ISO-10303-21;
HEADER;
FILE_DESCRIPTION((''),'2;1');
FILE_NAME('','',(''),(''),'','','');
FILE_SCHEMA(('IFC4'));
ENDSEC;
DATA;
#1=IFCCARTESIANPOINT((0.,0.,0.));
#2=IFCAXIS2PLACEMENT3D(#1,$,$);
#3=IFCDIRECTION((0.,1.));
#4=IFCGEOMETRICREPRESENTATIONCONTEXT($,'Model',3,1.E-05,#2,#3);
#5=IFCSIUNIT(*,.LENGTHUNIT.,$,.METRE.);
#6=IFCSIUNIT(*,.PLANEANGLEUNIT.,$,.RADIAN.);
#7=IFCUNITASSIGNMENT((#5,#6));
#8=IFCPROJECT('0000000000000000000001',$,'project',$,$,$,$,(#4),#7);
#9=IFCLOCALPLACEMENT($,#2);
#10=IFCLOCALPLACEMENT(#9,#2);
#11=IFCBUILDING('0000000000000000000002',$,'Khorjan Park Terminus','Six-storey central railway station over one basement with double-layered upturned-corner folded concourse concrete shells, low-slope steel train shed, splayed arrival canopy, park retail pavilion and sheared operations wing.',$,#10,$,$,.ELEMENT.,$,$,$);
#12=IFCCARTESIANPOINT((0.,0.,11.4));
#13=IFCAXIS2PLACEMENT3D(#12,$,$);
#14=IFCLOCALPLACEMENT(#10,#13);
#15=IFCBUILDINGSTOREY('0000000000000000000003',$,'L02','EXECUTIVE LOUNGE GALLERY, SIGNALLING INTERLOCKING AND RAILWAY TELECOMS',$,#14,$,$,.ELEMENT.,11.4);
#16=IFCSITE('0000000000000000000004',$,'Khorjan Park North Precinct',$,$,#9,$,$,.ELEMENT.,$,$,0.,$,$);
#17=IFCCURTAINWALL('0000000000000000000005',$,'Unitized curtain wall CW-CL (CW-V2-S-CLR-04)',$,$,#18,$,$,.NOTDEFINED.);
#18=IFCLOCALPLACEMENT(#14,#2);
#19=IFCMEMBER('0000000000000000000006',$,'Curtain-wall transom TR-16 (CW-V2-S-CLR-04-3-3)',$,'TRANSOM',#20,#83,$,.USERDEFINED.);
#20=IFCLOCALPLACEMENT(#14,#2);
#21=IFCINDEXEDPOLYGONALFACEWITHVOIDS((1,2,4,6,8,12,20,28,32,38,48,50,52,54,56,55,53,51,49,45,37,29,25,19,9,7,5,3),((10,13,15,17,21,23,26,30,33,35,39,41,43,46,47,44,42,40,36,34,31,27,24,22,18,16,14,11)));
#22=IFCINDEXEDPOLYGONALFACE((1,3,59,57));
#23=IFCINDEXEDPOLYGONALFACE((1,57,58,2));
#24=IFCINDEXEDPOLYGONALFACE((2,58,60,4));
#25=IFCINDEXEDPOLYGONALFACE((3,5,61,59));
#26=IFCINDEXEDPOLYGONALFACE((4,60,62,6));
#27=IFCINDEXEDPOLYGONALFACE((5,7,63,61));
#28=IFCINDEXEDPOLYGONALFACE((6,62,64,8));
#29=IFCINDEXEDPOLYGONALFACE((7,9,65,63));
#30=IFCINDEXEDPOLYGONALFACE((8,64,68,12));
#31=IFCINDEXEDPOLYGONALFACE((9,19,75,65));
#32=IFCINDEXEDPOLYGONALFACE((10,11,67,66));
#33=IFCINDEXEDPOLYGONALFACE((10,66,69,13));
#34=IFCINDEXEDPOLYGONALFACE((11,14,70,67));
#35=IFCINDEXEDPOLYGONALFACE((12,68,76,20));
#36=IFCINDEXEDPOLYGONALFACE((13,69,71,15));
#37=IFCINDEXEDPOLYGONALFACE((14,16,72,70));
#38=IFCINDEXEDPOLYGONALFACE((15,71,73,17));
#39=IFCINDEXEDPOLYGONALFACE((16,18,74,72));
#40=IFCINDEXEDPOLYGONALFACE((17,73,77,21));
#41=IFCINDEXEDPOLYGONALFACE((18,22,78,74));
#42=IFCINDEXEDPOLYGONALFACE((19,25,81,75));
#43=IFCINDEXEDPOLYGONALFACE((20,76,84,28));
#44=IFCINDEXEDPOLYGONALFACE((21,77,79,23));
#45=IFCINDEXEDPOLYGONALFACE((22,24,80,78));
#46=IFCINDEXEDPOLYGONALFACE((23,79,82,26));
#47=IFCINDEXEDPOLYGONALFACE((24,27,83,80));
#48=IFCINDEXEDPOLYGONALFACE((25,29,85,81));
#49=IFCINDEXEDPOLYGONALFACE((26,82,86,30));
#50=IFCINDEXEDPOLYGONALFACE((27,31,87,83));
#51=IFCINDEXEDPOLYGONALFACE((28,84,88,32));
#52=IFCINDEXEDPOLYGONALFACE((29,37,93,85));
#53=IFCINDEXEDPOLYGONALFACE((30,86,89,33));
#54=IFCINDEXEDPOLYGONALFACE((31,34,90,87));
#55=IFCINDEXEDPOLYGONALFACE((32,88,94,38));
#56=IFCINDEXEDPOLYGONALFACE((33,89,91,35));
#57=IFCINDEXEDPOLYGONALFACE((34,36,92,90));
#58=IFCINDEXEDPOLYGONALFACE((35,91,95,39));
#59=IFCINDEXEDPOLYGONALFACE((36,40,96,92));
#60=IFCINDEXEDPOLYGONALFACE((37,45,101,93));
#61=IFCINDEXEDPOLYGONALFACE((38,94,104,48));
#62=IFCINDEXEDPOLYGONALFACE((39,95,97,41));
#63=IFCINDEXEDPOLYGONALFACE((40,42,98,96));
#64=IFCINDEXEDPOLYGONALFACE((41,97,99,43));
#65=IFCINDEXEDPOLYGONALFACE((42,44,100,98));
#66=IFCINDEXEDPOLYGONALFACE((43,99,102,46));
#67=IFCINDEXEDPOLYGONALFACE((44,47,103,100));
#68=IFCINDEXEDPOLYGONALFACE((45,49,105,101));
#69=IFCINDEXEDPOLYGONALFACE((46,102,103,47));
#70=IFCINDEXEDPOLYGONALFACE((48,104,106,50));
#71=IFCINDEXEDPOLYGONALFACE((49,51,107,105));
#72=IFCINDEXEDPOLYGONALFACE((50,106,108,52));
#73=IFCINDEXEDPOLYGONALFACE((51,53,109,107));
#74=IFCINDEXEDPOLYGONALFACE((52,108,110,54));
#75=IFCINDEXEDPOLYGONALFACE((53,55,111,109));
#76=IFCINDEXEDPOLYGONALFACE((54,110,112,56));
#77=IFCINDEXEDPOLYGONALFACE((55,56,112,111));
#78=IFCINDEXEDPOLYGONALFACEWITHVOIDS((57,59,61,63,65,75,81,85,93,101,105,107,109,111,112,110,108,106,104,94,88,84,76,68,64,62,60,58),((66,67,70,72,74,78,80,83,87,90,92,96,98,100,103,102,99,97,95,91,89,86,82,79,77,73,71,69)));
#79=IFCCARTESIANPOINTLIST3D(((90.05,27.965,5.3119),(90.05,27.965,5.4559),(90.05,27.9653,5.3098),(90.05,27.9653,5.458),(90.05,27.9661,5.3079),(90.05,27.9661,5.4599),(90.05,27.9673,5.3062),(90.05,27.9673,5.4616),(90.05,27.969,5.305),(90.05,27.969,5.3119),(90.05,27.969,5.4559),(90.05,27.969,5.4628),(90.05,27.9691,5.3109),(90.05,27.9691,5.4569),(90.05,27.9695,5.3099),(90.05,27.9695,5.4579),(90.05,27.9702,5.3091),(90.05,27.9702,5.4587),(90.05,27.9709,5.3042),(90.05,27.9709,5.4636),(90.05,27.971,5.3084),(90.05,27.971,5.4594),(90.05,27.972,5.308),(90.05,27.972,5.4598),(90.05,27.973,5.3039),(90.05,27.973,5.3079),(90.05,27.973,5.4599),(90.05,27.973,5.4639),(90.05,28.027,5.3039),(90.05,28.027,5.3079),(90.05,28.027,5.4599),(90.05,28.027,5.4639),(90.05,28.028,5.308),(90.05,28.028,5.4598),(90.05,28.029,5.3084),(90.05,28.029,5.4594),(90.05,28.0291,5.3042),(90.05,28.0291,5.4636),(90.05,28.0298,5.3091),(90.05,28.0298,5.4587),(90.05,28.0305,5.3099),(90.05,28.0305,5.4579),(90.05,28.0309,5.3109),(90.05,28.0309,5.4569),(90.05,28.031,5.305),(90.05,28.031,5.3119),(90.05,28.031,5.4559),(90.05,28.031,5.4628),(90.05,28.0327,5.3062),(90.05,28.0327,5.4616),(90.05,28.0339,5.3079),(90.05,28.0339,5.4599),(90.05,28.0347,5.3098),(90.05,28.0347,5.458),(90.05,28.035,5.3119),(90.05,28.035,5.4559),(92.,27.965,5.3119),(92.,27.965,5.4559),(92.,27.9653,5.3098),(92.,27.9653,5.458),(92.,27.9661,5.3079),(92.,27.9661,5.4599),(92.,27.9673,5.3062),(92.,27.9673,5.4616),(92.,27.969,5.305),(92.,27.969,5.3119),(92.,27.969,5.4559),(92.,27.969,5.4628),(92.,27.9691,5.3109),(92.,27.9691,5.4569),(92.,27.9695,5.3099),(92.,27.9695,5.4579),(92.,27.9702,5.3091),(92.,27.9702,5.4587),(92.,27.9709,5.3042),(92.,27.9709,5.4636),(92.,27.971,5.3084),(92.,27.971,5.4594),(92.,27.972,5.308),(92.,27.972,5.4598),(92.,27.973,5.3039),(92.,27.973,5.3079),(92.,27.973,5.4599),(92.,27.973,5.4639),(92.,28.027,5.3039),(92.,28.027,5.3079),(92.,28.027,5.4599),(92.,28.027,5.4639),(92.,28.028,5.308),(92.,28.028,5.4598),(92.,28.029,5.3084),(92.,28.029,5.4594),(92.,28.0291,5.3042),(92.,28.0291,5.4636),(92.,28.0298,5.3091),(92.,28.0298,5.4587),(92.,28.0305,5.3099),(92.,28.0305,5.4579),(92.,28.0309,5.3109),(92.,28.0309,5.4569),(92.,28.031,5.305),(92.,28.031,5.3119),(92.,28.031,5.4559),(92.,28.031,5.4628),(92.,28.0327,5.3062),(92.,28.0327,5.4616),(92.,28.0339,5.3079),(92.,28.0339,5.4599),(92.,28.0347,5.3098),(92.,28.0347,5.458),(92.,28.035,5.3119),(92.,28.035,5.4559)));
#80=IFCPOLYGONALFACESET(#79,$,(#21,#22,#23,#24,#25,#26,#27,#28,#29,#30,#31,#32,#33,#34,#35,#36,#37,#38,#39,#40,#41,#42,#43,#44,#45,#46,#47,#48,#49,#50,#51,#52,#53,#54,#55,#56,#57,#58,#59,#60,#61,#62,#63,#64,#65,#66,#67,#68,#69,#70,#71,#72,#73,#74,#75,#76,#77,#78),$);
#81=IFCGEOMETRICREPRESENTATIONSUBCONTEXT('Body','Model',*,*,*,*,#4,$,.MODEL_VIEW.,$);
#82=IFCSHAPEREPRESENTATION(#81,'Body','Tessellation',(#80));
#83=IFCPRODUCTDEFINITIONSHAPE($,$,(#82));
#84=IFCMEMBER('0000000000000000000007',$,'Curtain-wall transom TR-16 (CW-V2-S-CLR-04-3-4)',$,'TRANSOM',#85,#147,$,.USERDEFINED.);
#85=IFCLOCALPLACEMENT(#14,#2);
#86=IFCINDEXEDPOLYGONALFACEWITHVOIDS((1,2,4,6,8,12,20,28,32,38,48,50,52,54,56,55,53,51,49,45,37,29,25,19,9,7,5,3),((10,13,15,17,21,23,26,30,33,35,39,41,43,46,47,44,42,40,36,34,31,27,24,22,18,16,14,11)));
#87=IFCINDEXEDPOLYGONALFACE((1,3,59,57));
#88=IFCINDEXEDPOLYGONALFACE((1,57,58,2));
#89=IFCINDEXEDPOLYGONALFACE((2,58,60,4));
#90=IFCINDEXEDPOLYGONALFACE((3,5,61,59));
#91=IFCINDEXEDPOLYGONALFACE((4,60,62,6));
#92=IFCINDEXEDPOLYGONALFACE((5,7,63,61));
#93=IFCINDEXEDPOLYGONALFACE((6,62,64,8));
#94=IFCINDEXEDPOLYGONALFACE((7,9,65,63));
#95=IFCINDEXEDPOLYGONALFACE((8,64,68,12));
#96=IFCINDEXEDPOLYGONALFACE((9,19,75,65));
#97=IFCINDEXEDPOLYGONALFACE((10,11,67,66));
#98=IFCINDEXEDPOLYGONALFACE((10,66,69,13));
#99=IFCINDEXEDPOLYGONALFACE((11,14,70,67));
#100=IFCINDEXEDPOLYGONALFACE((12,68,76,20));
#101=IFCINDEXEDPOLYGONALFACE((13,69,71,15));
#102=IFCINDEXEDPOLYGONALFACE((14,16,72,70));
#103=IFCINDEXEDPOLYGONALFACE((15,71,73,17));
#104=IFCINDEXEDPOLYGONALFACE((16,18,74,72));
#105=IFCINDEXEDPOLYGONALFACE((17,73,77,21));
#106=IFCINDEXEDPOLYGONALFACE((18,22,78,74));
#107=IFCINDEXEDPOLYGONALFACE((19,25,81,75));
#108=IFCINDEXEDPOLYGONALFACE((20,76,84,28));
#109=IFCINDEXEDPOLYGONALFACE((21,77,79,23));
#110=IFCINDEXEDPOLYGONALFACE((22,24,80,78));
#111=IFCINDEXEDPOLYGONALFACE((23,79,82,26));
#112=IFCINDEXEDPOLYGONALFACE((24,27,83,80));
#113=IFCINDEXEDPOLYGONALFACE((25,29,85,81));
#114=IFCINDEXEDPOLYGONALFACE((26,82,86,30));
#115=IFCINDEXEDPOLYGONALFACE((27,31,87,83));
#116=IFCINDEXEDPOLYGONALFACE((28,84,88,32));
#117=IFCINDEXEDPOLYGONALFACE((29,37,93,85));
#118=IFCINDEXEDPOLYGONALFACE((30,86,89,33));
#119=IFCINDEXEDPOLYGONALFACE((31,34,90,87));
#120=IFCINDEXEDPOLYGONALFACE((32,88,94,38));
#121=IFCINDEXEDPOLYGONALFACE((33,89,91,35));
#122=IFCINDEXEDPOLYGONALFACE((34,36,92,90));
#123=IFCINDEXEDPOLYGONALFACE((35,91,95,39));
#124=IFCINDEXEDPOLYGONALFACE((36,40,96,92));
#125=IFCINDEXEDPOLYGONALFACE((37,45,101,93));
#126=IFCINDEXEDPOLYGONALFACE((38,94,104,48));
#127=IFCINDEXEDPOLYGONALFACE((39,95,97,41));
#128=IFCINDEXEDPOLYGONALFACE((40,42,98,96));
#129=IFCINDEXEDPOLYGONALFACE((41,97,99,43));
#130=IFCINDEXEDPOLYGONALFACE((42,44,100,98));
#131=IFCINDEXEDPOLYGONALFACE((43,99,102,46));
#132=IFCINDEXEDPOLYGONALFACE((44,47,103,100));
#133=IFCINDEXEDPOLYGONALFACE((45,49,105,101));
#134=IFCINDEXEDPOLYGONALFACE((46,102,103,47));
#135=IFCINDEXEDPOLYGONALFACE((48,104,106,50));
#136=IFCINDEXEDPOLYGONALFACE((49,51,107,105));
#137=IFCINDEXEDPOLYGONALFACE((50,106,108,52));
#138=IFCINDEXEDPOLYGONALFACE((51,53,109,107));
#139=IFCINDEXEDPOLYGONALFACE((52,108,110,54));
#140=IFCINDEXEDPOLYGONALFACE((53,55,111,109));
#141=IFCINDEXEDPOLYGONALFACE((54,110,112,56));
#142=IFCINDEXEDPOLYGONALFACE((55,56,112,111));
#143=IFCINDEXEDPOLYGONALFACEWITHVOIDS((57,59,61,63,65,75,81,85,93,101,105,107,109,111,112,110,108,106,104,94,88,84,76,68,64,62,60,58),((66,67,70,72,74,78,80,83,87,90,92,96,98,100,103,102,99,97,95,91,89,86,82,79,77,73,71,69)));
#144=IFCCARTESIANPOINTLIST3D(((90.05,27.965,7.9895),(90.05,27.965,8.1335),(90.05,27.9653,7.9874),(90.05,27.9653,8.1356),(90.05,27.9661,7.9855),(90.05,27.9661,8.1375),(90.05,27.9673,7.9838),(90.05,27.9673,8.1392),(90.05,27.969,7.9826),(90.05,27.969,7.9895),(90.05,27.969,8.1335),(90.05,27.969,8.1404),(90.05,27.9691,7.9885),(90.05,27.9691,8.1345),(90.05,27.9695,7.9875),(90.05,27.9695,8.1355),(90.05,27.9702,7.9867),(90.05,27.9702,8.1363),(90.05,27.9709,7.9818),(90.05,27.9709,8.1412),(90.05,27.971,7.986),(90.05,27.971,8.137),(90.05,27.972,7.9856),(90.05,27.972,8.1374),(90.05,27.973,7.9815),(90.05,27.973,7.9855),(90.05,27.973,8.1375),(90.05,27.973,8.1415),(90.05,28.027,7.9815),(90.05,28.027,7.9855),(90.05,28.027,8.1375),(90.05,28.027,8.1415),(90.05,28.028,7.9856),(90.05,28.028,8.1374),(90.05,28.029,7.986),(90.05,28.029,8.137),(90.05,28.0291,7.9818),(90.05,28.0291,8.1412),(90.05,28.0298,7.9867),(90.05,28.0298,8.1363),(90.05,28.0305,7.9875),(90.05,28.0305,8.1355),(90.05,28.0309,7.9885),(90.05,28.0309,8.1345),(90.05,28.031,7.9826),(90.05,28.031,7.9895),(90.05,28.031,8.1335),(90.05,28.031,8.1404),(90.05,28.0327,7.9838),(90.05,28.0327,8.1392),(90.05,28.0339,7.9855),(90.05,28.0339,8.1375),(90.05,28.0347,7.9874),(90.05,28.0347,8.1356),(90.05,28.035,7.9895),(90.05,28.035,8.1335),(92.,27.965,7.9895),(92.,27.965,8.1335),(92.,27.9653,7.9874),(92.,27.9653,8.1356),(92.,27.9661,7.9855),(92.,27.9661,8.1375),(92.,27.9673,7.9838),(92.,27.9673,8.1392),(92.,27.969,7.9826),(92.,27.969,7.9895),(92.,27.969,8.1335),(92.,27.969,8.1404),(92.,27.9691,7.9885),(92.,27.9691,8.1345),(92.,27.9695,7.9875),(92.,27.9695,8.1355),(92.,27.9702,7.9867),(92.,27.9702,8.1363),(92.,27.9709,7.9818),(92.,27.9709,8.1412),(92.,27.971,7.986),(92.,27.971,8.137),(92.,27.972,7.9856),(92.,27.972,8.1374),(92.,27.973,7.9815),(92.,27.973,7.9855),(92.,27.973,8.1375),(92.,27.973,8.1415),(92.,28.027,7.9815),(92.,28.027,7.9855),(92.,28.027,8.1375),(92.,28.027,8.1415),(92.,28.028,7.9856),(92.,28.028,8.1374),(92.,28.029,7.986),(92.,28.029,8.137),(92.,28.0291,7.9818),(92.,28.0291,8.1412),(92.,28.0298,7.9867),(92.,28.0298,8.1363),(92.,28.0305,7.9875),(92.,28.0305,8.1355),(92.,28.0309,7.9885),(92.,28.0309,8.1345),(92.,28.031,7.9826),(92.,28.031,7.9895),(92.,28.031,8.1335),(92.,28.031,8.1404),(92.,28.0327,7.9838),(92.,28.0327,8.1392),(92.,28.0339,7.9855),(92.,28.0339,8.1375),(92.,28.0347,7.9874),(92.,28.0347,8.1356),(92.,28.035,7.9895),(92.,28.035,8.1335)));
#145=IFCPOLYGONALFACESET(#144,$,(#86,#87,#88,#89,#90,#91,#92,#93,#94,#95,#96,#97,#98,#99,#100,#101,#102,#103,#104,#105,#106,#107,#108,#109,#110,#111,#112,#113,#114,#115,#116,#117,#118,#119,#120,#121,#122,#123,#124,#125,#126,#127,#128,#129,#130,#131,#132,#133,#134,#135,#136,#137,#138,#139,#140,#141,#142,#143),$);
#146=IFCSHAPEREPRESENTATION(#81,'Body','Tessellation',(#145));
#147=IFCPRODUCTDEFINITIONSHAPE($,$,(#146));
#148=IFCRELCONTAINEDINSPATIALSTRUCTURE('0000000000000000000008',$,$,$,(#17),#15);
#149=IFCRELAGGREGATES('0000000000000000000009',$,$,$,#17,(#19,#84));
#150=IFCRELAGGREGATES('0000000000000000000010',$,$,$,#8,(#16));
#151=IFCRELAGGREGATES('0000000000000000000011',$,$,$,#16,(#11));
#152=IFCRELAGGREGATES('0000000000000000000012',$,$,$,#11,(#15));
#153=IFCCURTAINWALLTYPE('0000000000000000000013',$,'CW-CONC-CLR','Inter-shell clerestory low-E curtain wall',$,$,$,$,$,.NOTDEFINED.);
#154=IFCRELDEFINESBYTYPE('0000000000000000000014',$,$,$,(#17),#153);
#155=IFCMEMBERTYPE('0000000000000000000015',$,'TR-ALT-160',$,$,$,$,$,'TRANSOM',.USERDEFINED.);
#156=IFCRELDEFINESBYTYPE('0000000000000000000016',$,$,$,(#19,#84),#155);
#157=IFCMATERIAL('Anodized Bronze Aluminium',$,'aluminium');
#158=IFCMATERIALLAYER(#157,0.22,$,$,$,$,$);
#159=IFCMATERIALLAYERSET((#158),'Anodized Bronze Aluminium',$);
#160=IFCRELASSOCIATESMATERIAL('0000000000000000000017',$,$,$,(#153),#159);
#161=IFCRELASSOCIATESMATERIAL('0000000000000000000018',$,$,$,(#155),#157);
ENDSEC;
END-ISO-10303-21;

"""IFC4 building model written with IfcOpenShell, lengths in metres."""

from ifc_helpers import new_model, si_unit, direction, frame, origin, origin_2d, place, context, subcontext, project, spatial, hollow_rectangle, extrude, material, layer, layer_set, material_profile, profile_set, type_object, element, aggregate, save


model = new_model("IFC4")

# Units and contexts
model_context = context("Model", 3, precision=1e-05, world=origin(), true_north=direction((0.0, 1.0)))
body_context = subcontext(model_context, "Body", "Model", "MODEL_VIEW")
ifc_project = project(units=[si_unit("LENGTHUNIT", "METRE"), si_unit("PLANEANGLEUNIT", "RADIAN")], contexts=[model_context])

# Site, building, storey
site_placement = place(None, origin())
site = spatial("IfcSite", under=ifc_project, at=site_placement, Name="Khorjan Park North Precinct", CompositionType="ELEMENT", RefElevation=0.0)
building_placement = place(site_placement, origin())
building = spatial("IfcBuilding", under=site, at=building_placement, Name="Khorjan Park Terminus", Description="Six-storey central railway station over one basement with double-layered upturned-corner folded concourse concrete shells, low-slope steel train shed, splayed arrival canopy, park retail pavilion and sheared operations wing.", CompositionType="ELEMENT")
storey_placement = place(building_placement, frame((0.0, 0.0, 11.4)))
storey = spatial("IfcBuildingStorey", under=building, at=storey_placement, Name="L02", Description="EXECUTIVE LOUNGE GALLERY, SIGNALLING INTERLOCKING AND RAILWAY TELECOMS", CompositionType="ELEMENT", Elevation=11.4)

# Curtain wall
ifc_material_1 = material(Name="Anodized Bronze Aluminium", Category="aluminium")
ifc_layer_1 = layer(ifc_material_1, 0.22)
ifc_layer_set_1 = layer_set([ifc_layer_1], Name="Anodized Bronze Aluminium")
curtain_wall_type = type_object("IfcCurtainWallType", Name="CW-CONC-CLR", Description="Inter-shell clerestory low-E curtain wall", PredefinedType="NOTDEFINED", material=ifc_layer_set_1)
curtain_wall_1_placement = place(storey_placement, origin())
curtain_wall_1 = element("IfcCurtainWall", 1, at=curtain_wall_1_placement, inside=storey, type_object=curtain_wall_type, Name="Unitized curtain wall CW-CL (CW-V2-S-CLR-04)", PredefinedType="NOTDEFINED")

# Members
ifc_material_profile_1 = material_profile(ifc_material_1, hollow_rectangle(XDim=0.07, YDim=0.16, WallThickness=0.004, InnerFilletRadius=0.004, OuterFilletRadius=0.008, at=origin_2d()), Name="ALT 70x160x4")
ifc_profile_set_1 = profile_set([ifc_material_profile_1], Name="Anodized Bronze Aluminium")
member_type_1 = type_object("IfcMemberType", Name="TR-ALT-160", ElementType="TRANSOM", PredefinedType="USERDEFINED", material=ifc_profile_set_1)
member_1_placement = place(storey_placement, frame((90.05, 28.0, 5.3839), z_axis=(1.0, 0.0, 0.0), x_axis=(0.0, 1.0, 0.0)))
member_1 = element("IfcMember", 2, at=member_1_placement, type_object=member_type_1, Name="Curtain-wall transom TR-16 (CW-V2-S-CLR-04-3-3)", ObjectType="TRANSOM", PredefinedType="USERDEFINED", context=body_context, shape_type="SweptSolid", body=[
    extrude(hollow_rectangle(XDim=0.07, YDim=0.16, WallThickness=0.004, InnerFilletRadius=0.004, OuterFilletRadius=0.008, at=origin_2d()), origin(), (0.0, 0.0, 1.0), 1.95),
])
member_2_placement = place(storey_placement, frame((90.05, 28.0, 8.0615), z_axis=(1.0, 0.0, 0.0), x_axis=(0.0, 1.0, 0.0)))
member_2 = element("IfcMember", 3, at=member_2_placement, type_object=member_type_1, Name="Curtain-wall transom TR-16 (CW-V2-S-CLR-04-3-4)", ObjectType="TRANSOM", PredefinedType="USERDEFINED", context=body_context, shape_type="SweptSolid", body=[
    extrude(hollow_rectangle(XDim=0.07, YDim=0.16, WallThickness=0.004, InnerFilletRadius=0.004, OuterFilletRadius=0.008, at=origin_2d()), origin(), (0.0, 0.0, 1.0), 1.95),
])

aggregate(curtain_wall_1, [member_1, member_2])

save(model, "model.ifc")
